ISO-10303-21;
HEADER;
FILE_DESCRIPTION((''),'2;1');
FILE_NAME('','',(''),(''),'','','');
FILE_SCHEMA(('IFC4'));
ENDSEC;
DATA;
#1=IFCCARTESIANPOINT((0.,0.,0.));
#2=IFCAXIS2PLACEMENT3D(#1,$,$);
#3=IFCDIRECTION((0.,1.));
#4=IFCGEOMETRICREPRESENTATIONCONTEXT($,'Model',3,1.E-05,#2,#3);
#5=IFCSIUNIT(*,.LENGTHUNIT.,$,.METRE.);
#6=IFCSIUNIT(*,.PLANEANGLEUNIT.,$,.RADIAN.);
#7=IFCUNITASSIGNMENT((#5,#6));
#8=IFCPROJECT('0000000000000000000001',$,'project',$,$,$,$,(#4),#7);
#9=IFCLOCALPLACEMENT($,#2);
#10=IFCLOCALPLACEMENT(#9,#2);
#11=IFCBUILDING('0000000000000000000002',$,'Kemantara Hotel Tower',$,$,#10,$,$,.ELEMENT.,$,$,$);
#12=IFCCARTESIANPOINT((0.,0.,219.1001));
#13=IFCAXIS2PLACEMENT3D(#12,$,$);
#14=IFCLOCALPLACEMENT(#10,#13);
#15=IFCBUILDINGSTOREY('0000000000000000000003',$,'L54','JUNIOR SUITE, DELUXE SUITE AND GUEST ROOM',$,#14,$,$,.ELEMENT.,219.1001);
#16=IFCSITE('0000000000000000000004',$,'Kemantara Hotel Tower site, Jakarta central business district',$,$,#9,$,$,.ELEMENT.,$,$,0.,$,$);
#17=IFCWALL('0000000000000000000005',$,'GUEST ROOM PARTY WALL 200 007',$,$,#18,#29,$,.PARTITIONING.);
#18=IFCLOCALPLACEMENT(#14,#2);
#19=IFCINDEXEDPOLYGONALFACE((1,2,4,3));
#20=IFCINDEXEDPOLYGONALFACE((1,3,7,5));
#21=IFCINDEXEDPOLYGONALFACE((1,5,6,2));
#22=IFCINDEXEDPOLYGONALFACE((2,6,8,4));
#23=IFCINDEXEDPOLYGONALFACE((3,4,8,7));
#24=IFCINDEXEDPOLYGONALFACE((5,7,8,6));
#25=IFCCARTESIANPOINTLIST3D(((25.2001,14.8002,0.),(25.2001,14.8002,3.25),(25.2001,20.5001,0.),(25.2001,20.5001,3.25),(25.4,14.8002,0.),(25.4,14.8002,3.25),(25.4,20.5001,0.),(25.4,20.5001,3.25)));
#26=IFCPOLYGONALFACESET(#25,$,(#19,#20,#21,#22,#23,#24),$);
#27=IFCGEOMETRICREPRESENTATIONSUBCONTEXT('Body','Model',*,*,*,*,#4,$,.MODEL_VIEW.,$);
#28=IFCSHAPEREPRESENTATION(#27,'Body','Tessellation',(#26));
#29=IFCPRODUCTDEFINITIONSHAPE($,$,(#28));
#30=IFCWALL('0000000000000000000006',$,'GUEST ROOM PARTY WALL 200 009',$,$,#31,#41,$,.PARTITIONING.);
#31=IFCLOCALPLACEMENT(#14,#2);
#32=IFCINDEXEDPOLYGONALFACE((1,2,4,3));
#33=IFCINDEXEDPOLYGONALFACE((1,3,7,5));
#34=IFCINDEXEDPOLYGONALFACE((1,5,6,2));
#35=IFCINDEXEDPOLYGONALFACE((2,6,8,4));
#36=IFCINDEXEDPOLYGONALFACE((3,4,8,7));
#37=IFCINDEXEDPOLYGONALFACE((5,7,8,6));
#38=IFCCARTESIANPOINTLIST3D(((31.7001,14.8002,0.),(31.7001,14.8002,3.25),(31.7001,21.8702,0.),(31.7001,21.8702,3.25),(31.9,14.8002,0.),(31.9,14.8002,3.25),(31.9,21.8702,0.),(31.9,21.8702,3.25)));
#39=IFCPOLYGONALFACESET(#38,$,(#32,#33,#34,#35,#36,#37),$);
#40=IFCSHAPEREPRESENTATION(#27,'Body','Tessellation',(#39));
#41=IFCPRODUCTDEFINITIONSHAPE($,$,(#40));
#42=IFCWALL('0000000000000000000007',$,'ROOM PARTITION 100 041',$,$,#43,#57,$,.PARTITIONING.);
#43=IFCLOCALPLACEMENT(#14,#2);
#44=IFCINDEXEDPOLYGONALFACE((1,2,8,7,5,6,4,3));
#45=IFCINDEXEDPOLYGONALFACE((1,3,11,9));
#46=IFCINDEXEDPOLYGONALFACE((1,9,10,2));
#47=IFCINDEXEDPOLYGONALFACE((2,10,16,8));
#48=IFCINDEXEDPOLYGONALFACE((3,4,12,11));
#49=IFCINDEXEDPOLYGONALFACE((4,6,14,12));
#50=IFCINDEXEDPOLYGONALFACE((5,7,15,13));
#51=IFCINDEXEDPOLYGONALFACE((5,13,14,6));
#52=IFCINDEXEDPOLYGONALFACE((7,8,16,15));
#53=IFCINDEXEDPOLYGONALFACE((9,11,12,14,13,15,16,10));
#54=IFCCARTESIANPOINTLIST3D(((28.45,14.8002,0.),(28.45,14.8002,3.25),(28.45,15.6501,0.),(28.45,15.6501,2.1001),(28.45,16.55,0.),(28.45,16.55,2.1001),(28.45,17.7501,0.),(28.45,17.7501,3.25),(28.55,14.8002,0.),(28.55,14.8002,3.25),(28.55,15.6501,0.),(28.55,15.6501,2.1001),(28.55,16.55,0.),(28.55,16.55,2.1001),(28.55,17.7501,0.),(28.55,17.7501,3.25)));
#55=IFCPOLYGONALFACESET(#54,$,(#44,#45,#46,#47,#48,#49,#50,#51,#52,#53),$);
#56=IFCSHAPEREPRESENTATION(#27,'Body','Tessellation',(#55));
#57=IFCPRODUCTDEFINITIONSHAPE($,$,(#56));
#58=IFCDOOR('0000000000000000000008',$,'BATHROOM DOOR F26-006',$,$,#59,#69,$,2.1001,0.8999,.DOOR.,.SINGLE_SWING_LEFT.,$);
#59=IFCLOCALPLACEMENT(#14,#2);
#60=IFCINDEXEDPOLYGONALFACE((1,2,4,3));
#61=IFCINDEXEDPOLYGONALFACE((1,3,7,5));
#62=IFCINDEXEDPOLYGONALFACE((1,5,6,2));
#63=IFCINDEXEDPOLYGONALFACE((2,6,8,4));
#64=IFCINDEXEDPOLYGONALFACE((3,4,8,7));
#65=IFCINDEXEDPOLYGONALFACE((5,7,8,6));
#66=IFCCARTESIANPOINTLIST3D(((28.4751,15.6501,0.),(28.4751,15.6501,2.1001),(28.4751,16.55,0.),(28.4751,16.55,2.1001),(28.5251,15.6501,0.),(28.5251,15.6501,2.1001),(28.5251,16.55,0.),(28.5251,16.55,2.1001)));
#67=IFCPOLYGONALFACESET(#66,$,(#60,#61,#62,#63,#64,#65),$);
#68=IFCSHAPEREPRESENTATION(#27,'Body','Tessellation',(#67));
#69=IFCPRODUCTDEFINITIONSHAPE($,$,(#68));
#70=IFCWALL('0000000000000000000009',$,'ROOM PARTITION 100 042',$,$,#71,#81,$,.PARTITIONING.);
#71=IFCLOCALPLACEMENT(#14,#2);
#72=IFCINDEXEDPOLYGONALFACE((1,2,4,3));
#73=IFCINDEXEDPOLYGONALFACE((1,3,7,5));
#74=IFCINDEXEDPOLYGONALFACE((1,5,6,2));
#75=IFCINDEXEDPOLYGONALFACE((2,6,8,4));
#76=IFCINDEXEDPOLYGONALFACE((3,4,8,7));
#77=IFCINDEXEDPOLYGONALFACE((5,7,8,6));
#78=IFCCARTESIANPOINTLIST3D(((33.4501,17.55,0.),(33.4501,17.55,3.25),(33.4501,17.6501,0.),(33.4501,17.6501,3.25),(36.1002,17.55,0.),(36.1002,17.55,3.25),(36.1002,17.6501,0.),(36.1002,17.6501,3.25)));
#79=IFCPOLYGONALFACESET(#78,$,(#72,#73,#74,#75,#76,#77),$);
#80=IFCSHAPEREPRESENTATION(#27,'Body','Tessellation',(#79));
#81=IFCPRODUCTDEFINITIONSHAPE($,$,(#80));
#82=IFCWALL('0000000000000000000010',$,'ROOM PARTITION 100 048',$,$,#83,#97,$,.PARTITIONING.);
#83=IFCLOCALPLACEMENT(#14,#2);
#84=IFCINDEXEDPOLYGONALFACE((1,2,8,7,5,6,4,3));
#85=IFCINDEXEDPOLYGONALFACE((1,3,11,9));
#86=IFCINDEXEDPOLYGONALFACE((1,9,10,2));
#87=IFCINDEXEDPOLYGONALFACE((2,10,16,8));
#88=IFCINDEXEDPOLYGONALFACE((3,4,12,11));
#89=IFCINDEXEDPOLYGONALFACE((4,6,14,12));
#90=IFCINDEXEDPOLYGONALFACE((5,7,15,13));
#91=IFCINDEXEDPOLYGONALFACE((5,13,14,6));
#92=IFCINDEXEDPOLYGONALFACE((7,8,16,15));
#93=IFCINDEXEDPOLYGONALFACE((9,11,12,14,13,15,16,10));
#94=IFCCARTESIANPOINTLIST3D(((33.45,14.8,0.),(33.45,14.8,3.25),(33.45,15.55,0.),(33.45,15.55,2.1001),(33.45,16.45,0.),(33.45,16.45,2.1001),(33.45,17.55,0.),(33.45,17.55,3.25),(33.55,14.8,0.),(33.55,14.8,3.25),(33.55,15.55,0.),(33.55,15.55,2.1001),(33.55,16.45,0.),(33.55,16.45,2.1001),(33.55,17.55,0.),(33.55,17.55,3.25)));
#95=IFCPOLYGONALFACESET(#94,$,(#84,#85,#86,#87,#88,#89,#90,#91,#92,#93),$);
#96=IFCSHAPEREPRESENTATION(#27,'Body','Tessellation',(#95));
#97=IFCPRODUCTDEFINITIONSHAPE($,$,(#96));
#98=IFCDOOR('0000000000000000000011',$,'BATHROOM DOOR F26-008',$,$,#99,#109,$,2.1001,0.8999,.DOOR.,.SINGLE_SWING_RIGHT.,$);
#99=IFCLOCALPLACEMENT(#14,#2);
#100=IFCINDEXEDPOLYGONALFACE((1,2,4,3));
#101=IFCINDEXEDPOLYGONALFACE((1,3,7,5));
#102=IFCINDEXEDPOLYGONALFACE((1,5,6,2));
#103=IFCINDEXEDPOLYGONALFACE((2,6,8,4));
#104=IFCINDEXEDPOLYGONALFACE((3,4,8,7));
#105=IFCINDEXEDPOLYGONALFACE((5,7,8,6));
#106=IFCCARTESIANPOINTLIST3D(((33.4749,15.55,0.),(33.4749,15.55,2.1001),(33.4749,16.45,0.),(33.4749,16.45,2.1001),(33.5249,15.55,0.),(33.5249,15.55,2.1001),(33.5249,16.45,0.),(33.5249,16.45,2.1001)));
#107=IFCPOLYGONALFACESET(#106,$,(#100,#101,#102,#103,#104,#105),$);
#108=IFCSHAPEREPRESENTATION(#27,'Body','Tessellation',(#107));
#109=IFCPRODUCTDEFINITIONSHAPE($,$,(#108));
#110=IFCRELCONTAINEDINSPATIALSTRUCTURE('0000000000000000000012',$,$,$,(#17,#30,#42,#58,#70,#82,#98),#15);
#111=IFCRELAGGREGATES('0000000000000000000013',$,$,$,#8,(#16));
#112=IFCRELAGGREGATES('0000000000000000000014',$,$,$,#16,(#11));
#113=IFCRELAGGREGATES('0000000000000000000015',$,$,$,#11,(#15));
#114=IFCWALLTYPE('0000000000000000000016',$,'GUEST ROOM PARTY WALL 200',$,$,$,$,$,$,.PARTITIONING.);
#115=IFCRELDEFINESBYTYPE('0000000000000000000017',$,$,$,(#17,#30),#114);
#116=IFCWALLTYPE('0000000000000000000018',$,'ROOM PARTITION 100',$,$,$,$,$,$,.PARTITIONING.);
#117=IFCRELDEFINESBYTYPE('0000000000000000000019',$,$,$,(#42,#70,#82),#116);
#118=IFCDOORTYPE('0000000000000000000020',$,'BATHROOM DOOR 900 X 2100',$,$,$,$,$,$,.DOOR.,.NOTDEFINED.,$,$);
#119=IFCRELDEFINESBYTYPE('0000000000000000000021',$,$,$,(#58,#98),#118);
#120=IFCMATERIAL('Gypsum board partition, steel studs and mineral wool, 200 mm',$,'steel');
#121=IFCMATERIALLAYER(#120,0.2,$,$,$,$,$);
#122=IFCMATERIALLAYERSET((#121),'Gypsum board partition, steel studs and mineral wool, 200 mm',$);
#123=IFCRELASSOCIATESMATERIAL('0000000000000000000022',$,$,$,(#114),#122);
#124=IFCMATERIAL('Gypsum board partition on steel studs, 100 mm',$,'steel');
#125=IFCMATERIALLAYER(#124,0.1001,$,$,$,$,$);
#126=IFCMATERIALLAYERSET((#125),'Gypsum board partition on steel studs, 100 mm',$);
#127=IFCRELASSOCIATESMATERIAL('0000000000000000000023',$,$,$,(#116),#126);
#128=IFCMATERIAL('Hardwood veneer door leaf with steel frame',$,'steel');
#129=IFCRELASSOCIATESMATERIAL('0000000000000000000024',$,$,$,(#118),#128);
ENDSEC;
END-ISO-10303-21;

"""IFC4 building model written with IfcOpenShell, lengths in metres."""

from ifc_helpers import new_model, si_unit, direction, frame, frame_2d, origin, place, context, subcontext, project, spatial, rectangle, extrude, material, layer, layer_set, type_object, element, fill, save


model = new_model("IFC4")

# Units and contexts
model_context = context("Model", 3, precision=1e-05, world=origin(), true_north=direction((0.0, 1.0)))
body_context = subcontext(model_context, "Body", "Model", "MODEL_VIEW")
ifc_project = project(units=[si_unit("LENGTHUNIT", "METRE"), si_unit("PLANEANGLEUNIT", "RADIAN")], contexts=[model_context])

# Site, building, storey
site_placement = place(None, origin())
site = spatial("IfcSite", under=ifc_project, at=site_placement, Name="Kemantara Hotel Tower site, Jakarta central business district", CompositionType="ELEMENT", RefElevation=0.0)
building_placement = place(site_placement, origin())
building = spatial("IfcBuilding", under=site, at=building_placement, Name="Kemantara Hotel Tower", CompositionType="ELEMENT")
storey_placement = place(building_placement, frame((0.0, 0.0, 219.1001)))
storey = spatial("IfcBuildingStorey", under=building, at=storey_placement, Name="L54", Description="JUNIOR SUITE, DELUXE SUITE AND GUEST ROOM", CompositionType="ELEMENT", Elevation=219.1001)

# Shared definitions
ifc_material_1 = material(Name="Gypsum board partition, steel studs and mineral wool, 200 mm", Category="steel")
ifc_material_2 = material(Name="Hardwood veneer door leaf with steel frame", Category="steel")

# Walls
ifc_layer_1 = layer(ifc_material_1, 0.2)
ifc_layer_set_1 = layer_set([ifc_layer_1], Name="Gypsum board partition, steel studs and mineral wool, 200 mm")
wall_type_1 = type_object("IfcWallType", Name="GUEST ROOM PARTY WALL 200", PredefinedType="PARTITIONING", material=ifc_layer_set_1)
wall_1_placement = place(storey_placement, frame((25.3, 14.8, 0.0), z_axis=(0.0, 0.0, 1.0), x_axis=(0.0, 1.0, 0.0)))
element("IfcWall", 1, at=wall_1_placement, inside=storey, type_object=wall_type_1, Name="GUEST ROOM PARTY WALL 200 007", PredefinedType="PARTITIONING", context=body_context, shape_type="SweptSolid", body=[
    extrude(rectangle(XDim=5.7, YDim=0.2, at=frame_2d((2.8501, 0.0))), origin(), (0.0, 0.0, 1.0), 3.25),
])
wall_2_placement = place(storey_placement, frame((31.8, 14.8, 0.0), z_axis=(0.0, 0.0, 1.0), x_axis=(0.0, 1.0, 0.0)))
element("IfcWall", 2, at=wall_2_placement, inside=storey, type_object=wall_type_1, Name="GUEST ROOM PARTY WALL 200 009", PredefinedType="PARTITIONING", context=body_context, shape_type="SweptSolid", body=[
    extrude(rectangle(XDim=7.0701, YDim=0.2, at=frame_2d((3.5352, 0.0))), origin(), (0.0, 0.0, 1.0), 3.25),
])

# Wall, opening, door
ifc_material_3 = material(Name="Gypsum board partition on steel studs, 100 mm", Category="steel")
ifc_layer_2 = layer(ifc_material_3, 0.1001)
ifc_layer_set_2 = layer_set([ifc_layer_2], Name="Gypsum board partition on steel studs, 100 mm")
wall_type_2 = type_object("IfcWallType", Name="ROOM PARTITION 100", PredefinedType="PARTITIONING", material=ifc_layer_set_2)
wall_3_placement = place(storey_placement, frame((28.5, 14.8, 0.0), z_axis=(0.0, 0.0, 1.0), x_axis=(0.0, 1.0, 0.0)))
wall_3 = element("IfcWall", 3, at=wall_3_placement, inside=storey, type_object=wall_type_2, Name="ROOM PARTITION 100 041", PredefinedType="PARTITIONING", context=body_context, shape_type="SweptSolid", body=[
    extrude(rectangle(XDim=2.95, YDim=0.1001, at=frame_2d((1.4751, 0.0))), origin(), (0.0, 0.0, 1.0), 3.25),
])
opening_1_placement = place(wall_3_placement, frame((0.8501, 0.0, 0.0)))
opening_1 = element("IfcOpeningElement", 4, at=opening_1_placement, cuts=wall_3, PredefinedType="OPENING", context=body_context, shape_type="SweptSolid", body=[
    extrude(rectangle(XDim=0.8999, YDim=2.1001, at=frame_2d((0.45, 1.05))), frame((0.0, 0.0601, 0.0), z_axis=(0.0, -1.0, 0.0), x_axis=(1.0, 0.0, 0.0)), (0.0, 0.0, 1.0), 0.1201),
])
door_type_1 = type_object("IfcDoorType", Name="BATHROOM DOOR 900 X 2100", OperationType="NOTDEFINED", PredefinedType="DOOR", material=ifc_material_2)
door_1_placement = place(opening_1_placement, origin())
door_1 = element("IfcDoor", 5, at=door_1_placement, inside=storey, type_object=door_type_1, Name="BATHROOM DOOR F26-006", OperationType="SINGLE_SWING_LEFT", OverallHeight=2.1001, OverallWidth=0.8999, PredefinedType="DOOR", context=body_context, shape_type="SweptSolid", body=[
    extrude(rectangle(XDim=0.8999, YDim=2.1001, at=frame_2d((0.45, 1.05))), frame((0.0, 0.0249, 0.0), z_axis=(0.0, -1.0, 0.0), x_axis=(1.0, 0.0, 0.0)), (0.0, 0.0, 1.0), 0.05),
])
fill(opening_1, door_1)

# Wall
wall_4_placement = place(storey_placement, frame((33.45, 17.6001, 0.0), z_axis=(0.0, 0.0, 1.0), x_axis=(1.0, 0.0, 0.0)))
element("IfcWall", 6, at=wall_4_placement, inside=storey, type_object=wall_type_2, Name="ROOM PARTITION 100 042", PredefinedType="PARTITIONING", context=body_context, shape_type="SweptSolid", body=[
    extrude(rectangle(XDim=2.6501, YDim=0.1001, at=frame_2d((1.3252, 0.0))), origin(), (0.0, 0.0, 1.0), 3.25),
])

# Wall, opening, door
wall_5_placement = place(storey_placement, frame((33.5, 17.55, 0.0), z_axis=(0.0, 0.0, 1.0), x_axis=(0.0, -1.0, 0.0)))
wall_5 = element("IfcWall", 7, at=wall_5_placement, inside=storey, type_object=wall_type_2, Name="ROOM PARTITION 100 048", PredefinedType="PARTITIONING", context=body_context, shape_type="SweptSolid", body=[
    extrude(rectangle(XDim=2.75, YDim=0.1001, at=frame_2d((1.375, 0.0))), origin(), (0.0, 0.0, 1.0), 3.25),
])
opening_2_placement = place(wall_5_placement, frame((1.1001, 0.0, 0.0)))
opening_2 = element("IfcOpeningElement", 8, at=opening_2_placement, cuts=wall_5, PredefinedType="OPENING", context=body_context, shape_type="SweptSolid", body=[
    extrude(rectangle(XDim=0.8999, YDim=2.1001, at=frame_2d((0.45, 1.05))), frame((0.0, 0.0601, 0.0), z_axis=(0.0, -1.0, 0.0), x_axis=(1.0, 0.0, 0.0)), (0.0, 0.0, 1.0), 0.1201),
])
door_2_placement = place(opening_2_placement, origin())
door_2 = element("IfcDoor", 9, at=door_2_placement, inside=storey, type_object=door_type_1, Name="BATHROOM DOOR F26-008", OperationType="SINGLE_SWING_RIGHT", OverallHeight=2.1001, OverallWidth=0.8999, PredefinedType="DOOR", context=body_context, shape_type="SweptSolid", body=[
    extrude(rectangle(XDim=0.8999, YDim=2.1001, at=frame_2d((0.45, 1.05))), frame((0.0, 0.0249, 0.0), z_axis=(0.0, -1.0, 0.0), x_axis=(1.0, 0.0, 0.0)), (0.0, 0.0, 1.0), 0.05),
])
fill(opening_2, door_2)

save(model, "model.ifc")
